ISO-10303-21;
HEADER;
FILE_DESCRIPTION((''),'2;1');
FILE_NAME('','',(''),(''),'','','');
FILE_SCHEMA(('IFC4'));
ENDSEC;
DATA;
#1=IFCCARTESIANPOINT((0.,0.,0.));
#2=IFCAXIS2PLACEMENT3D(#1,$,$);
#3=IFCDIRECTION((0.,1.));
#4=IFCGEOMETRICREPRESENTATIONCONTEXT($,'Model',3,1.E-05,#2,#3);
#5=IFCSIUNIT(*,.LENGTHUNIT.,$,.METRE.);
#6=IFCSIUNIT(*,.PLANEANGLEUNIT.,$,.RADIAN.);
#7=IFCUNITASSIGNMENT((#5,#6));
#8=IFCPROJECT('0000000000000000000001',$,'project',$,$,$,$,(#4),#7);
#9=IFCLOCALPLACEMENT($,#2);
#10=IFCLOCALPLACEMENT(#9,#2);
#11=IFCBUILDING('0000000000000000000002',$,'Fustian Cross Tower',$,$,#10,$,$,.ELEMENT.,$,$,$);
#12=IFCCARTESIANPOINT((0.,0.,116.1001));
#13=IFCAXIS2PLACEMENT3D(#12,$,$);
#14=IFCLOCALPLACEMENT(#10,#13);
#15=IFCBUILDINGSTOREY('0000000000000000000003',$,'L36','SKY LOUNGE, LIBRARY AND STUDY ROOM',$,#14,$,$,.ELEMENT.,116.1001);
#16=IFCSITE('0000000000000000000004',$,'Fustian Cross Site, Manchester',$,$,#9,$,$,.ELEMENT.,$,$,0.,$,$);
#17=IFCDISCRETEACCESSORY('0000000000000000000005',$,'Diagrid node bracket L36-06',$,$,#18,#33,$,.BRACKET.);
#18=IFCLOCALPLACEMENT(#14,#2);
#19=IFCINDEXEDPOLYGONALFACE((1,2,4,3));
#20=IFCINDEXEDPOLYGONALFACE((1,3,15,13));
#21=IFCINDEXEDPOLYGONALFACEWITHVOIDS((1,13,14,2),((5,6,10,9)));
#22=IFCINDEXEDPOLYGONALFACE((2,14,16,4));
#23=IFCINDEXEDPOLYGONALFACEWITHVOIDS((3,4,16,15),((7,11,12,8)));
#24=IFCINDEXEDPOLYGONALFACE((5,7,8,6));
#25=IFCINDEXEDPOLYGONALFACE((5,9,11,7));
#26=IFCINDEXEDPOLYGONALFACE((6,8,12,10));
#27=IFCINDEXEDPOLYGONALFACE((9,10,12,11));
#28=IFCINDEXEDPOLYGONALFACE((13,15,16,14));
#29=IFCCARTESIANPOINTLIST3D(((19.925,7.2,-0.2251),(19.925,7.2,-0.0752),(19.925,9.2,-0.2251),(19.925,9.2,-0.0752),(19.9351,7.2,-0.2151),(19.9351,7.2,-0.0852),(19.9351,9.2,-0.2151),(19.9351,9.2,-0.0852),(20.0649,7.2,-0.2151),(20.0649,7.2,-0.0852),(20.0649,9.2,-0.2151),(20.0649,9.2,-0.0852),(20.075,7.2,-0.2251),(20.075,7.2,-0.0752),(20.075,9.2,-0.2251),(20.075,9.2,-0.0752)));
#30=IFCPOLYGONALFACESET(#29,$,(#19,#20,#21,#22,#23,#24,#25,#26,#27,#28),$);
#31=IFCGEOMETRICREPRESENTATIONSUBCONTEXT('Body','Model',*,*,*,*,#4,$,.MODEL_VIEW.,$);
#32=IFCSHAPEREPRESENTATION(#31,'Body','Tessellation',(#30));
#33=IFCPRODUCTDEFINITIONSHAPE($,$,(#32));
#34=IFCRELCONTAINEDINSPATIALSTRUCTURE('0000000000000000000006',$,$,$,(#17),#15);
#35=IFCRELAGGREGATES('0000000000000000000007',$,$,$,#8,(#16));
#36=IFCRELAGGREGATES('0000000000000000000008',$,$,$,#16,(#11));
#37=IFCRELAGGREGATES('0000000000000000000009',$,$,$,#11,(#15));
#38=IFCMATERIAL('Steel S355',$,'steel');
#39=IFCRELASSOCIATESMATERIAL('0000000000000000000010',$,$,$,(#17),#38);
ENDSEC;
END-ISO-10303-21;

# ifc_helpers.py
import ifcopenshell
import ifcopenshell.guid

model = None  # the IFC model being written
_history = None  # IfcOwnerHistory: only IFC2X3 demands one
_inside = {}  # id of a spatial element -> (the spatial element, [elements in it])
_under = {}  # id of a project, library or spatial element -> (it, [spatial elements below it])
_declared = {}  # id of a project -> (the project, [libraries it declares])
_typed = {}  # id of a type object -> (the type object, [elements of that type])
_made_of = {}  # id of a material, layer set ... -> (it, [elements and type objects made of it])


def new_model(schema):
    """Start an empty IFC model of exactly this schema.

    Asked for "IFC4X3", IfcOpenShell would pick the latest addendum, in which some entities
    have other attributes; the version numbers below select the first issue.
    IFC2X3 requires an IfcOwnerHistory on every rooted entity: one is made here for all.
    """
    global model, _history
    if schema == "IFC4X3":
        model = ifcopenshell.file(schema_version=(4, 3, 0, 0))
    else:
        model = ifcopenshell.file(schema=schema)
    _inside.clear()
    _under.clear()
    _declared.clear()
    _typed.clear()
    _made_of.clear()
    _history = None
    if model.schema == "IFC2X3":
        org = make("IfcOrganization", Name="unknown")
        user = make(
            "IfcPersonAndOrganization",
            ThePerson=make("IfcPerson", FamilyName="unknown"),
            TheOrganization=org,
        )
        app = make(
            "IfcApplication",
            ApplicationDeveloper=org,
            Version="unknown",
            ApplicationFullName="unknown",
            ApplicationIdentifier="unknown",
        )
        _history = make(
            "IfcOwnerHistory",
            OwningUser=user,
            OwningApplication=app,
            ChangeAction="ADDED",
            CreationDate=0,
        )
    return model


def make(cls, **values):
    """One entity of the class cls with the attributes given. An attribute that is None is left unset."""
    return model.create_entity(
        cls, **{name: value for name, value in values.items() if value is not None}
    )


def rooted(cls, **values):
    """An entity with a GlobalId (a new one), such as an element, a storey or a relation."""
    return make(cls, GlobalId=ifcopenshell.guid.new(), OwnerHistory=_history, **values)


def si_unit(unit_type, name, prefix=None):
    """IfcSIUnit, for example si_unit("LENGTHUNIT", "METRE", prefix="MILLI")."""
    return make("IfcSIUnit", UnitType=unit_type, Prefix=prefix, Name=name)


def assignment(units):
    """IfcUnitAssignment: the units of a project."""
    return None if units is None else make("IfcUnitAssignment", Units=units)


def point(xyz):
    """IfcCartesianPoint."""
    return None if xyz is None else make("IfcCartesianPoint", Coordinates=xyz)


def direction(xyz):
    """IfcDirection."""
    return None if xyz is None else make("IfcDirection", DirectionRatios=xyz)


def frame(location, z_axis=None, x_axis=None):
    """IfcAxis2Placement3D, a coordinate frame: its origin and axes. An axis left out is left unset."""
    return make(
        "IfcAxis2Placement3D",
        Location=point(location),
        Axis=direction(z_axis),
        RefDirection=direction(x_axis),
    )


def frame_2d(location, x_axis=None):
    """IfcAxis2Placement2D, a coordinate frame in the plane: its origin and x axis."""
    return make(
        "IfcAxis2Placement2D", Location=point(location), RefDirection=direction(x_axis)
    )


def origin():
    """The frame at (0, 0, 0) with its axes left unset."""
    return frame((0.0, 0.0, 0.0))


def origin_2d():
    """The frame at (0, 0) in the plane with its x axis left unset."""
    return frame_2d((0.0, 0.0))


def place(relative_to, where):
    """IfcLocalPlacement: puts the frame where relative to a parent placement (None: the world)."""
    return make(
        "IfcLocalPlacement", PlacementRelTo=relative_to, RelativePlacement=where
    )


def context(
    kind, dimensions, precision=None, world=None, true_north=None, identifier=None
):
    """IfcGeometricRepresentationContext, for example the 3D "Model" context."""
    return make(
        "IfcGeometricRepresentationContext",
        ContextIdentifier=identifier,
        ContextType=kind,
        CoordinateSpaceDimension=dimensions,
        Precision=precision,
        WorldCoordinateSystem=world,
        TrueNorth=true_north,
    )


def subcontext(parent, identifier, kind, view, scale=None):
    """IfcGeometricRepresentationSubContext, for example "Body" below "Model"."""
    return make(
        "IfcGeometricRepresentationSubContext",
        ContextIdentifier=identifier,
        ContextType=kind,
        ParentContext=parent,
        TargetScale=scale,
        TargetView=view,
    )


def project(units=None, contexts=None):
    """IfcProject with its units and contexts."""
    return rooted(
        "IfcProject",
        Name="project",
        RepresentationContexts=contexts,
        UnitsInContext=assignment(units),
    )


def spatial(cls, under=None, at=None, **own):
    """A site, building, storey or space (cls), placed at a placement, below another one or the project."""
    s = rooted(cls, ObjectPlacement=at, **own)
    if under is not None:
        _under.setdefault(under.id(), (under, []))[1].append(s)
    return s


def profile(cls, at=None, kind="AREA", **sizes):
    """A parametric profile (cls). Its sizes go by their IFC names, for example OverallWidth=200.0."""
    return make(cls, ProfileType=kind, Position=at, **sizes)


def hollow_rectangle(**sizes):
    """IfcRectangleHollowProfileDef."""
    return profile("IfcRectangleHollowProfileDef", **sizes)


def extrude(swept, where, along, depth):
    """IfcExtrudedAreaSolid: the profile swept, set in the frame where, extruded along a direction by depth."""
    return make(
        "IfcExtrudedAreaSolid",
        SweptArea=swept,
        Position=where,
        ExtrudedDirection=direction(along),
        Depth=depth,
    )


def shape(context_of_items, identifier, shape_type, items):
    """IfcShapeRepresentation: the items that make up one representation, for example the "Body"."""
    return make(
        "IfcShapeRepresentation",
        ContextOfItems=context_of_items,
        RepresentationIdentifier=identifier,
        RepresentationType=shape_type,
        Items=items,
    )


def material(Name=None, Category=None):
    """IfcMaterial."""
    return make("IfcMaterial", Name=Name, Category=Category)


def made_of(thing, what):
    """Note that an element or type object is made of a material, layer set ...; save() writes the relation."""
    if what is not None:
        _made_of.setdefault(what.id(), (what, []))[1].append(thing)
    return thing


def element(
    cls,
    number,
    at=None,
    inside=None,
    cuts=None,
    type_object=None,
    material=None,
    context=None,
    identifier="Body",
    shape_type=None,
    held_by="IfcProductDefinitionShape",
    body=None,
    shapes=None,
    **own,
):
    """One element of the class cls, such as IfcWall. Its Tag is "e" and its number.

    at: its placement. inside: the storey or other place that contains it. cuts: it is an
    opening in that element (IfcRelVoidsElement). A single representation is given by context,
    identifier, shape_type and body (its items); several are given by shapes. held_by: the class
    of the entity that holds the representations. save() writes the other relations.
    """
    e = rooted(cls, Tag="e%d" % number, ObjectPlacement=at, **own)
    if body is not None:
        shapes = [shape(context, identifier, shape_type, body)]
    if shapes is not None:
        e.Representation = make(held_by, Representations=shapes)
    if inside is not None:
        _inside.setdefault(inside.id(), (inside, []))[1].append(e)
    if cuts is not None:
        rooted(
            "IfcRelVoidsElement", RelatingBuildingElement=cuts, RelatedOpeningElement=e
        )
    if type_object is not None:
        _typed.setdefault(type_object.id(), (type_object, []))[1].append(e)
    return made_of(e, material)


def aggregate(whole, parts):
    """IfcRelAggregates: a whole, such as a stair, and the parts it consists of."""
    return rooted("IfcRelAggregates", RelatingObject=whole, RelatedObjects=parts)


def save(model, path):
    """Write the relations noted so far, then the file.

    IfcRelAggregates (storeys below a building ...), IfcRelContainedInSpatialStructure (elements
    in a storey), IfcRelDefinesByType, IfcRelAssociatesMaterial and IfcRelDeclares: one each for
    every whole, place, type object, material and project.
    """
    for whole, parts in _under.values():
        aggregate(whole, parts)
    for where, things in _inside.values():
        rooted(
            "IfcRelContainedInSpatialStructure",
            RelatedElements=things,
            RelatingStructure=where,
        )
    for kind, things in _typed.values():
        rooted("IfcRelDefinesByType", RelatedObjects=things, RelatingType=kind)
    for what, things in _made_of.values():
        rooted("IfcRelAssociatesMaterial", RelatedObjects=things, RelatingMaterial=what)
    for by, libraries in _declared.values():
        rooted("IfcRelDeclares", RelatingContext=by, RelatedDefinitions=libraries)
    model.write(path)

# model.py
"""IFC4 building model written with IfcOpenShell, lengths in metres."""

from ifc_helpers import new_model, si_unit, direction, frame, origin, origin_2d, place, context, subcontext, project, spatial, hollow_rectangle, extrude, material, element, save


model = new_model("IFC4")

# Units and contexts
model_context = context("Model", 3, precision=1e-05, world=origin(), true_north=direction((0.0, 1.0)))
body_context = subcontext(model_context, "Body", "Model", "MODEL_VIEW")
ifc_project = project(units=[si_unit("LENGTHUNIT", "METRE"), si_unit("PLANEANGLEUNIT", "RADIAN")], contexts=[model_context])

# Site, building, storey
site_placement = place(None, origin())
site = spatial("IfcSite", under=ifc_project, at=site_placement, Name="Fustian Cross Site, Manchester", CompositionType="ELEMENT", RefElevation=0.0)
building_placement = place(site_placement, origin())
building = spatial("IfcBuilding", under=site, at=building_placement, Name="Fustian Cross Tower", CompositionType="ELEMENT")
storey_placement = place(building_placement, frame((0.0, 0.0, 116.1001)))
storey = spatial("IfcBuildingStorey", under=building, at=storey_placement, Name="L36", Description="SKY LOUNGE, LIBRARY AND STUDY ROOM", CompositionType="ELEMENT", Elevation=116.1001)

# Discrete accessory
ifc_material_1 = material(Name="Steel S355", Category="steel")
discrete_accessory_placement = place(storey_placement, frame((20.0, 9.2, -0.1501), z_axis=(0.0, -1.0, 0.0), x_axis=(1.0, 0.0, 0.0)))
element("IfcDiscreteAccessory", 1, at=discrete_accessory_placement, inside=storey, material=ifc_material_1, Name="Diagrid node bracket L36-06", PredefinedType="BRACKET", context=body_context, shape_type="SweptSolid", body=[
    extrude(hollow_rectangle(XDim=0.1499, YDim=0.1499, WallThickness=0.01, at=origin_2d()), origin(), (0.0, 0.0, 1.0), 2.0),
])

save(model, "model.ifc")
